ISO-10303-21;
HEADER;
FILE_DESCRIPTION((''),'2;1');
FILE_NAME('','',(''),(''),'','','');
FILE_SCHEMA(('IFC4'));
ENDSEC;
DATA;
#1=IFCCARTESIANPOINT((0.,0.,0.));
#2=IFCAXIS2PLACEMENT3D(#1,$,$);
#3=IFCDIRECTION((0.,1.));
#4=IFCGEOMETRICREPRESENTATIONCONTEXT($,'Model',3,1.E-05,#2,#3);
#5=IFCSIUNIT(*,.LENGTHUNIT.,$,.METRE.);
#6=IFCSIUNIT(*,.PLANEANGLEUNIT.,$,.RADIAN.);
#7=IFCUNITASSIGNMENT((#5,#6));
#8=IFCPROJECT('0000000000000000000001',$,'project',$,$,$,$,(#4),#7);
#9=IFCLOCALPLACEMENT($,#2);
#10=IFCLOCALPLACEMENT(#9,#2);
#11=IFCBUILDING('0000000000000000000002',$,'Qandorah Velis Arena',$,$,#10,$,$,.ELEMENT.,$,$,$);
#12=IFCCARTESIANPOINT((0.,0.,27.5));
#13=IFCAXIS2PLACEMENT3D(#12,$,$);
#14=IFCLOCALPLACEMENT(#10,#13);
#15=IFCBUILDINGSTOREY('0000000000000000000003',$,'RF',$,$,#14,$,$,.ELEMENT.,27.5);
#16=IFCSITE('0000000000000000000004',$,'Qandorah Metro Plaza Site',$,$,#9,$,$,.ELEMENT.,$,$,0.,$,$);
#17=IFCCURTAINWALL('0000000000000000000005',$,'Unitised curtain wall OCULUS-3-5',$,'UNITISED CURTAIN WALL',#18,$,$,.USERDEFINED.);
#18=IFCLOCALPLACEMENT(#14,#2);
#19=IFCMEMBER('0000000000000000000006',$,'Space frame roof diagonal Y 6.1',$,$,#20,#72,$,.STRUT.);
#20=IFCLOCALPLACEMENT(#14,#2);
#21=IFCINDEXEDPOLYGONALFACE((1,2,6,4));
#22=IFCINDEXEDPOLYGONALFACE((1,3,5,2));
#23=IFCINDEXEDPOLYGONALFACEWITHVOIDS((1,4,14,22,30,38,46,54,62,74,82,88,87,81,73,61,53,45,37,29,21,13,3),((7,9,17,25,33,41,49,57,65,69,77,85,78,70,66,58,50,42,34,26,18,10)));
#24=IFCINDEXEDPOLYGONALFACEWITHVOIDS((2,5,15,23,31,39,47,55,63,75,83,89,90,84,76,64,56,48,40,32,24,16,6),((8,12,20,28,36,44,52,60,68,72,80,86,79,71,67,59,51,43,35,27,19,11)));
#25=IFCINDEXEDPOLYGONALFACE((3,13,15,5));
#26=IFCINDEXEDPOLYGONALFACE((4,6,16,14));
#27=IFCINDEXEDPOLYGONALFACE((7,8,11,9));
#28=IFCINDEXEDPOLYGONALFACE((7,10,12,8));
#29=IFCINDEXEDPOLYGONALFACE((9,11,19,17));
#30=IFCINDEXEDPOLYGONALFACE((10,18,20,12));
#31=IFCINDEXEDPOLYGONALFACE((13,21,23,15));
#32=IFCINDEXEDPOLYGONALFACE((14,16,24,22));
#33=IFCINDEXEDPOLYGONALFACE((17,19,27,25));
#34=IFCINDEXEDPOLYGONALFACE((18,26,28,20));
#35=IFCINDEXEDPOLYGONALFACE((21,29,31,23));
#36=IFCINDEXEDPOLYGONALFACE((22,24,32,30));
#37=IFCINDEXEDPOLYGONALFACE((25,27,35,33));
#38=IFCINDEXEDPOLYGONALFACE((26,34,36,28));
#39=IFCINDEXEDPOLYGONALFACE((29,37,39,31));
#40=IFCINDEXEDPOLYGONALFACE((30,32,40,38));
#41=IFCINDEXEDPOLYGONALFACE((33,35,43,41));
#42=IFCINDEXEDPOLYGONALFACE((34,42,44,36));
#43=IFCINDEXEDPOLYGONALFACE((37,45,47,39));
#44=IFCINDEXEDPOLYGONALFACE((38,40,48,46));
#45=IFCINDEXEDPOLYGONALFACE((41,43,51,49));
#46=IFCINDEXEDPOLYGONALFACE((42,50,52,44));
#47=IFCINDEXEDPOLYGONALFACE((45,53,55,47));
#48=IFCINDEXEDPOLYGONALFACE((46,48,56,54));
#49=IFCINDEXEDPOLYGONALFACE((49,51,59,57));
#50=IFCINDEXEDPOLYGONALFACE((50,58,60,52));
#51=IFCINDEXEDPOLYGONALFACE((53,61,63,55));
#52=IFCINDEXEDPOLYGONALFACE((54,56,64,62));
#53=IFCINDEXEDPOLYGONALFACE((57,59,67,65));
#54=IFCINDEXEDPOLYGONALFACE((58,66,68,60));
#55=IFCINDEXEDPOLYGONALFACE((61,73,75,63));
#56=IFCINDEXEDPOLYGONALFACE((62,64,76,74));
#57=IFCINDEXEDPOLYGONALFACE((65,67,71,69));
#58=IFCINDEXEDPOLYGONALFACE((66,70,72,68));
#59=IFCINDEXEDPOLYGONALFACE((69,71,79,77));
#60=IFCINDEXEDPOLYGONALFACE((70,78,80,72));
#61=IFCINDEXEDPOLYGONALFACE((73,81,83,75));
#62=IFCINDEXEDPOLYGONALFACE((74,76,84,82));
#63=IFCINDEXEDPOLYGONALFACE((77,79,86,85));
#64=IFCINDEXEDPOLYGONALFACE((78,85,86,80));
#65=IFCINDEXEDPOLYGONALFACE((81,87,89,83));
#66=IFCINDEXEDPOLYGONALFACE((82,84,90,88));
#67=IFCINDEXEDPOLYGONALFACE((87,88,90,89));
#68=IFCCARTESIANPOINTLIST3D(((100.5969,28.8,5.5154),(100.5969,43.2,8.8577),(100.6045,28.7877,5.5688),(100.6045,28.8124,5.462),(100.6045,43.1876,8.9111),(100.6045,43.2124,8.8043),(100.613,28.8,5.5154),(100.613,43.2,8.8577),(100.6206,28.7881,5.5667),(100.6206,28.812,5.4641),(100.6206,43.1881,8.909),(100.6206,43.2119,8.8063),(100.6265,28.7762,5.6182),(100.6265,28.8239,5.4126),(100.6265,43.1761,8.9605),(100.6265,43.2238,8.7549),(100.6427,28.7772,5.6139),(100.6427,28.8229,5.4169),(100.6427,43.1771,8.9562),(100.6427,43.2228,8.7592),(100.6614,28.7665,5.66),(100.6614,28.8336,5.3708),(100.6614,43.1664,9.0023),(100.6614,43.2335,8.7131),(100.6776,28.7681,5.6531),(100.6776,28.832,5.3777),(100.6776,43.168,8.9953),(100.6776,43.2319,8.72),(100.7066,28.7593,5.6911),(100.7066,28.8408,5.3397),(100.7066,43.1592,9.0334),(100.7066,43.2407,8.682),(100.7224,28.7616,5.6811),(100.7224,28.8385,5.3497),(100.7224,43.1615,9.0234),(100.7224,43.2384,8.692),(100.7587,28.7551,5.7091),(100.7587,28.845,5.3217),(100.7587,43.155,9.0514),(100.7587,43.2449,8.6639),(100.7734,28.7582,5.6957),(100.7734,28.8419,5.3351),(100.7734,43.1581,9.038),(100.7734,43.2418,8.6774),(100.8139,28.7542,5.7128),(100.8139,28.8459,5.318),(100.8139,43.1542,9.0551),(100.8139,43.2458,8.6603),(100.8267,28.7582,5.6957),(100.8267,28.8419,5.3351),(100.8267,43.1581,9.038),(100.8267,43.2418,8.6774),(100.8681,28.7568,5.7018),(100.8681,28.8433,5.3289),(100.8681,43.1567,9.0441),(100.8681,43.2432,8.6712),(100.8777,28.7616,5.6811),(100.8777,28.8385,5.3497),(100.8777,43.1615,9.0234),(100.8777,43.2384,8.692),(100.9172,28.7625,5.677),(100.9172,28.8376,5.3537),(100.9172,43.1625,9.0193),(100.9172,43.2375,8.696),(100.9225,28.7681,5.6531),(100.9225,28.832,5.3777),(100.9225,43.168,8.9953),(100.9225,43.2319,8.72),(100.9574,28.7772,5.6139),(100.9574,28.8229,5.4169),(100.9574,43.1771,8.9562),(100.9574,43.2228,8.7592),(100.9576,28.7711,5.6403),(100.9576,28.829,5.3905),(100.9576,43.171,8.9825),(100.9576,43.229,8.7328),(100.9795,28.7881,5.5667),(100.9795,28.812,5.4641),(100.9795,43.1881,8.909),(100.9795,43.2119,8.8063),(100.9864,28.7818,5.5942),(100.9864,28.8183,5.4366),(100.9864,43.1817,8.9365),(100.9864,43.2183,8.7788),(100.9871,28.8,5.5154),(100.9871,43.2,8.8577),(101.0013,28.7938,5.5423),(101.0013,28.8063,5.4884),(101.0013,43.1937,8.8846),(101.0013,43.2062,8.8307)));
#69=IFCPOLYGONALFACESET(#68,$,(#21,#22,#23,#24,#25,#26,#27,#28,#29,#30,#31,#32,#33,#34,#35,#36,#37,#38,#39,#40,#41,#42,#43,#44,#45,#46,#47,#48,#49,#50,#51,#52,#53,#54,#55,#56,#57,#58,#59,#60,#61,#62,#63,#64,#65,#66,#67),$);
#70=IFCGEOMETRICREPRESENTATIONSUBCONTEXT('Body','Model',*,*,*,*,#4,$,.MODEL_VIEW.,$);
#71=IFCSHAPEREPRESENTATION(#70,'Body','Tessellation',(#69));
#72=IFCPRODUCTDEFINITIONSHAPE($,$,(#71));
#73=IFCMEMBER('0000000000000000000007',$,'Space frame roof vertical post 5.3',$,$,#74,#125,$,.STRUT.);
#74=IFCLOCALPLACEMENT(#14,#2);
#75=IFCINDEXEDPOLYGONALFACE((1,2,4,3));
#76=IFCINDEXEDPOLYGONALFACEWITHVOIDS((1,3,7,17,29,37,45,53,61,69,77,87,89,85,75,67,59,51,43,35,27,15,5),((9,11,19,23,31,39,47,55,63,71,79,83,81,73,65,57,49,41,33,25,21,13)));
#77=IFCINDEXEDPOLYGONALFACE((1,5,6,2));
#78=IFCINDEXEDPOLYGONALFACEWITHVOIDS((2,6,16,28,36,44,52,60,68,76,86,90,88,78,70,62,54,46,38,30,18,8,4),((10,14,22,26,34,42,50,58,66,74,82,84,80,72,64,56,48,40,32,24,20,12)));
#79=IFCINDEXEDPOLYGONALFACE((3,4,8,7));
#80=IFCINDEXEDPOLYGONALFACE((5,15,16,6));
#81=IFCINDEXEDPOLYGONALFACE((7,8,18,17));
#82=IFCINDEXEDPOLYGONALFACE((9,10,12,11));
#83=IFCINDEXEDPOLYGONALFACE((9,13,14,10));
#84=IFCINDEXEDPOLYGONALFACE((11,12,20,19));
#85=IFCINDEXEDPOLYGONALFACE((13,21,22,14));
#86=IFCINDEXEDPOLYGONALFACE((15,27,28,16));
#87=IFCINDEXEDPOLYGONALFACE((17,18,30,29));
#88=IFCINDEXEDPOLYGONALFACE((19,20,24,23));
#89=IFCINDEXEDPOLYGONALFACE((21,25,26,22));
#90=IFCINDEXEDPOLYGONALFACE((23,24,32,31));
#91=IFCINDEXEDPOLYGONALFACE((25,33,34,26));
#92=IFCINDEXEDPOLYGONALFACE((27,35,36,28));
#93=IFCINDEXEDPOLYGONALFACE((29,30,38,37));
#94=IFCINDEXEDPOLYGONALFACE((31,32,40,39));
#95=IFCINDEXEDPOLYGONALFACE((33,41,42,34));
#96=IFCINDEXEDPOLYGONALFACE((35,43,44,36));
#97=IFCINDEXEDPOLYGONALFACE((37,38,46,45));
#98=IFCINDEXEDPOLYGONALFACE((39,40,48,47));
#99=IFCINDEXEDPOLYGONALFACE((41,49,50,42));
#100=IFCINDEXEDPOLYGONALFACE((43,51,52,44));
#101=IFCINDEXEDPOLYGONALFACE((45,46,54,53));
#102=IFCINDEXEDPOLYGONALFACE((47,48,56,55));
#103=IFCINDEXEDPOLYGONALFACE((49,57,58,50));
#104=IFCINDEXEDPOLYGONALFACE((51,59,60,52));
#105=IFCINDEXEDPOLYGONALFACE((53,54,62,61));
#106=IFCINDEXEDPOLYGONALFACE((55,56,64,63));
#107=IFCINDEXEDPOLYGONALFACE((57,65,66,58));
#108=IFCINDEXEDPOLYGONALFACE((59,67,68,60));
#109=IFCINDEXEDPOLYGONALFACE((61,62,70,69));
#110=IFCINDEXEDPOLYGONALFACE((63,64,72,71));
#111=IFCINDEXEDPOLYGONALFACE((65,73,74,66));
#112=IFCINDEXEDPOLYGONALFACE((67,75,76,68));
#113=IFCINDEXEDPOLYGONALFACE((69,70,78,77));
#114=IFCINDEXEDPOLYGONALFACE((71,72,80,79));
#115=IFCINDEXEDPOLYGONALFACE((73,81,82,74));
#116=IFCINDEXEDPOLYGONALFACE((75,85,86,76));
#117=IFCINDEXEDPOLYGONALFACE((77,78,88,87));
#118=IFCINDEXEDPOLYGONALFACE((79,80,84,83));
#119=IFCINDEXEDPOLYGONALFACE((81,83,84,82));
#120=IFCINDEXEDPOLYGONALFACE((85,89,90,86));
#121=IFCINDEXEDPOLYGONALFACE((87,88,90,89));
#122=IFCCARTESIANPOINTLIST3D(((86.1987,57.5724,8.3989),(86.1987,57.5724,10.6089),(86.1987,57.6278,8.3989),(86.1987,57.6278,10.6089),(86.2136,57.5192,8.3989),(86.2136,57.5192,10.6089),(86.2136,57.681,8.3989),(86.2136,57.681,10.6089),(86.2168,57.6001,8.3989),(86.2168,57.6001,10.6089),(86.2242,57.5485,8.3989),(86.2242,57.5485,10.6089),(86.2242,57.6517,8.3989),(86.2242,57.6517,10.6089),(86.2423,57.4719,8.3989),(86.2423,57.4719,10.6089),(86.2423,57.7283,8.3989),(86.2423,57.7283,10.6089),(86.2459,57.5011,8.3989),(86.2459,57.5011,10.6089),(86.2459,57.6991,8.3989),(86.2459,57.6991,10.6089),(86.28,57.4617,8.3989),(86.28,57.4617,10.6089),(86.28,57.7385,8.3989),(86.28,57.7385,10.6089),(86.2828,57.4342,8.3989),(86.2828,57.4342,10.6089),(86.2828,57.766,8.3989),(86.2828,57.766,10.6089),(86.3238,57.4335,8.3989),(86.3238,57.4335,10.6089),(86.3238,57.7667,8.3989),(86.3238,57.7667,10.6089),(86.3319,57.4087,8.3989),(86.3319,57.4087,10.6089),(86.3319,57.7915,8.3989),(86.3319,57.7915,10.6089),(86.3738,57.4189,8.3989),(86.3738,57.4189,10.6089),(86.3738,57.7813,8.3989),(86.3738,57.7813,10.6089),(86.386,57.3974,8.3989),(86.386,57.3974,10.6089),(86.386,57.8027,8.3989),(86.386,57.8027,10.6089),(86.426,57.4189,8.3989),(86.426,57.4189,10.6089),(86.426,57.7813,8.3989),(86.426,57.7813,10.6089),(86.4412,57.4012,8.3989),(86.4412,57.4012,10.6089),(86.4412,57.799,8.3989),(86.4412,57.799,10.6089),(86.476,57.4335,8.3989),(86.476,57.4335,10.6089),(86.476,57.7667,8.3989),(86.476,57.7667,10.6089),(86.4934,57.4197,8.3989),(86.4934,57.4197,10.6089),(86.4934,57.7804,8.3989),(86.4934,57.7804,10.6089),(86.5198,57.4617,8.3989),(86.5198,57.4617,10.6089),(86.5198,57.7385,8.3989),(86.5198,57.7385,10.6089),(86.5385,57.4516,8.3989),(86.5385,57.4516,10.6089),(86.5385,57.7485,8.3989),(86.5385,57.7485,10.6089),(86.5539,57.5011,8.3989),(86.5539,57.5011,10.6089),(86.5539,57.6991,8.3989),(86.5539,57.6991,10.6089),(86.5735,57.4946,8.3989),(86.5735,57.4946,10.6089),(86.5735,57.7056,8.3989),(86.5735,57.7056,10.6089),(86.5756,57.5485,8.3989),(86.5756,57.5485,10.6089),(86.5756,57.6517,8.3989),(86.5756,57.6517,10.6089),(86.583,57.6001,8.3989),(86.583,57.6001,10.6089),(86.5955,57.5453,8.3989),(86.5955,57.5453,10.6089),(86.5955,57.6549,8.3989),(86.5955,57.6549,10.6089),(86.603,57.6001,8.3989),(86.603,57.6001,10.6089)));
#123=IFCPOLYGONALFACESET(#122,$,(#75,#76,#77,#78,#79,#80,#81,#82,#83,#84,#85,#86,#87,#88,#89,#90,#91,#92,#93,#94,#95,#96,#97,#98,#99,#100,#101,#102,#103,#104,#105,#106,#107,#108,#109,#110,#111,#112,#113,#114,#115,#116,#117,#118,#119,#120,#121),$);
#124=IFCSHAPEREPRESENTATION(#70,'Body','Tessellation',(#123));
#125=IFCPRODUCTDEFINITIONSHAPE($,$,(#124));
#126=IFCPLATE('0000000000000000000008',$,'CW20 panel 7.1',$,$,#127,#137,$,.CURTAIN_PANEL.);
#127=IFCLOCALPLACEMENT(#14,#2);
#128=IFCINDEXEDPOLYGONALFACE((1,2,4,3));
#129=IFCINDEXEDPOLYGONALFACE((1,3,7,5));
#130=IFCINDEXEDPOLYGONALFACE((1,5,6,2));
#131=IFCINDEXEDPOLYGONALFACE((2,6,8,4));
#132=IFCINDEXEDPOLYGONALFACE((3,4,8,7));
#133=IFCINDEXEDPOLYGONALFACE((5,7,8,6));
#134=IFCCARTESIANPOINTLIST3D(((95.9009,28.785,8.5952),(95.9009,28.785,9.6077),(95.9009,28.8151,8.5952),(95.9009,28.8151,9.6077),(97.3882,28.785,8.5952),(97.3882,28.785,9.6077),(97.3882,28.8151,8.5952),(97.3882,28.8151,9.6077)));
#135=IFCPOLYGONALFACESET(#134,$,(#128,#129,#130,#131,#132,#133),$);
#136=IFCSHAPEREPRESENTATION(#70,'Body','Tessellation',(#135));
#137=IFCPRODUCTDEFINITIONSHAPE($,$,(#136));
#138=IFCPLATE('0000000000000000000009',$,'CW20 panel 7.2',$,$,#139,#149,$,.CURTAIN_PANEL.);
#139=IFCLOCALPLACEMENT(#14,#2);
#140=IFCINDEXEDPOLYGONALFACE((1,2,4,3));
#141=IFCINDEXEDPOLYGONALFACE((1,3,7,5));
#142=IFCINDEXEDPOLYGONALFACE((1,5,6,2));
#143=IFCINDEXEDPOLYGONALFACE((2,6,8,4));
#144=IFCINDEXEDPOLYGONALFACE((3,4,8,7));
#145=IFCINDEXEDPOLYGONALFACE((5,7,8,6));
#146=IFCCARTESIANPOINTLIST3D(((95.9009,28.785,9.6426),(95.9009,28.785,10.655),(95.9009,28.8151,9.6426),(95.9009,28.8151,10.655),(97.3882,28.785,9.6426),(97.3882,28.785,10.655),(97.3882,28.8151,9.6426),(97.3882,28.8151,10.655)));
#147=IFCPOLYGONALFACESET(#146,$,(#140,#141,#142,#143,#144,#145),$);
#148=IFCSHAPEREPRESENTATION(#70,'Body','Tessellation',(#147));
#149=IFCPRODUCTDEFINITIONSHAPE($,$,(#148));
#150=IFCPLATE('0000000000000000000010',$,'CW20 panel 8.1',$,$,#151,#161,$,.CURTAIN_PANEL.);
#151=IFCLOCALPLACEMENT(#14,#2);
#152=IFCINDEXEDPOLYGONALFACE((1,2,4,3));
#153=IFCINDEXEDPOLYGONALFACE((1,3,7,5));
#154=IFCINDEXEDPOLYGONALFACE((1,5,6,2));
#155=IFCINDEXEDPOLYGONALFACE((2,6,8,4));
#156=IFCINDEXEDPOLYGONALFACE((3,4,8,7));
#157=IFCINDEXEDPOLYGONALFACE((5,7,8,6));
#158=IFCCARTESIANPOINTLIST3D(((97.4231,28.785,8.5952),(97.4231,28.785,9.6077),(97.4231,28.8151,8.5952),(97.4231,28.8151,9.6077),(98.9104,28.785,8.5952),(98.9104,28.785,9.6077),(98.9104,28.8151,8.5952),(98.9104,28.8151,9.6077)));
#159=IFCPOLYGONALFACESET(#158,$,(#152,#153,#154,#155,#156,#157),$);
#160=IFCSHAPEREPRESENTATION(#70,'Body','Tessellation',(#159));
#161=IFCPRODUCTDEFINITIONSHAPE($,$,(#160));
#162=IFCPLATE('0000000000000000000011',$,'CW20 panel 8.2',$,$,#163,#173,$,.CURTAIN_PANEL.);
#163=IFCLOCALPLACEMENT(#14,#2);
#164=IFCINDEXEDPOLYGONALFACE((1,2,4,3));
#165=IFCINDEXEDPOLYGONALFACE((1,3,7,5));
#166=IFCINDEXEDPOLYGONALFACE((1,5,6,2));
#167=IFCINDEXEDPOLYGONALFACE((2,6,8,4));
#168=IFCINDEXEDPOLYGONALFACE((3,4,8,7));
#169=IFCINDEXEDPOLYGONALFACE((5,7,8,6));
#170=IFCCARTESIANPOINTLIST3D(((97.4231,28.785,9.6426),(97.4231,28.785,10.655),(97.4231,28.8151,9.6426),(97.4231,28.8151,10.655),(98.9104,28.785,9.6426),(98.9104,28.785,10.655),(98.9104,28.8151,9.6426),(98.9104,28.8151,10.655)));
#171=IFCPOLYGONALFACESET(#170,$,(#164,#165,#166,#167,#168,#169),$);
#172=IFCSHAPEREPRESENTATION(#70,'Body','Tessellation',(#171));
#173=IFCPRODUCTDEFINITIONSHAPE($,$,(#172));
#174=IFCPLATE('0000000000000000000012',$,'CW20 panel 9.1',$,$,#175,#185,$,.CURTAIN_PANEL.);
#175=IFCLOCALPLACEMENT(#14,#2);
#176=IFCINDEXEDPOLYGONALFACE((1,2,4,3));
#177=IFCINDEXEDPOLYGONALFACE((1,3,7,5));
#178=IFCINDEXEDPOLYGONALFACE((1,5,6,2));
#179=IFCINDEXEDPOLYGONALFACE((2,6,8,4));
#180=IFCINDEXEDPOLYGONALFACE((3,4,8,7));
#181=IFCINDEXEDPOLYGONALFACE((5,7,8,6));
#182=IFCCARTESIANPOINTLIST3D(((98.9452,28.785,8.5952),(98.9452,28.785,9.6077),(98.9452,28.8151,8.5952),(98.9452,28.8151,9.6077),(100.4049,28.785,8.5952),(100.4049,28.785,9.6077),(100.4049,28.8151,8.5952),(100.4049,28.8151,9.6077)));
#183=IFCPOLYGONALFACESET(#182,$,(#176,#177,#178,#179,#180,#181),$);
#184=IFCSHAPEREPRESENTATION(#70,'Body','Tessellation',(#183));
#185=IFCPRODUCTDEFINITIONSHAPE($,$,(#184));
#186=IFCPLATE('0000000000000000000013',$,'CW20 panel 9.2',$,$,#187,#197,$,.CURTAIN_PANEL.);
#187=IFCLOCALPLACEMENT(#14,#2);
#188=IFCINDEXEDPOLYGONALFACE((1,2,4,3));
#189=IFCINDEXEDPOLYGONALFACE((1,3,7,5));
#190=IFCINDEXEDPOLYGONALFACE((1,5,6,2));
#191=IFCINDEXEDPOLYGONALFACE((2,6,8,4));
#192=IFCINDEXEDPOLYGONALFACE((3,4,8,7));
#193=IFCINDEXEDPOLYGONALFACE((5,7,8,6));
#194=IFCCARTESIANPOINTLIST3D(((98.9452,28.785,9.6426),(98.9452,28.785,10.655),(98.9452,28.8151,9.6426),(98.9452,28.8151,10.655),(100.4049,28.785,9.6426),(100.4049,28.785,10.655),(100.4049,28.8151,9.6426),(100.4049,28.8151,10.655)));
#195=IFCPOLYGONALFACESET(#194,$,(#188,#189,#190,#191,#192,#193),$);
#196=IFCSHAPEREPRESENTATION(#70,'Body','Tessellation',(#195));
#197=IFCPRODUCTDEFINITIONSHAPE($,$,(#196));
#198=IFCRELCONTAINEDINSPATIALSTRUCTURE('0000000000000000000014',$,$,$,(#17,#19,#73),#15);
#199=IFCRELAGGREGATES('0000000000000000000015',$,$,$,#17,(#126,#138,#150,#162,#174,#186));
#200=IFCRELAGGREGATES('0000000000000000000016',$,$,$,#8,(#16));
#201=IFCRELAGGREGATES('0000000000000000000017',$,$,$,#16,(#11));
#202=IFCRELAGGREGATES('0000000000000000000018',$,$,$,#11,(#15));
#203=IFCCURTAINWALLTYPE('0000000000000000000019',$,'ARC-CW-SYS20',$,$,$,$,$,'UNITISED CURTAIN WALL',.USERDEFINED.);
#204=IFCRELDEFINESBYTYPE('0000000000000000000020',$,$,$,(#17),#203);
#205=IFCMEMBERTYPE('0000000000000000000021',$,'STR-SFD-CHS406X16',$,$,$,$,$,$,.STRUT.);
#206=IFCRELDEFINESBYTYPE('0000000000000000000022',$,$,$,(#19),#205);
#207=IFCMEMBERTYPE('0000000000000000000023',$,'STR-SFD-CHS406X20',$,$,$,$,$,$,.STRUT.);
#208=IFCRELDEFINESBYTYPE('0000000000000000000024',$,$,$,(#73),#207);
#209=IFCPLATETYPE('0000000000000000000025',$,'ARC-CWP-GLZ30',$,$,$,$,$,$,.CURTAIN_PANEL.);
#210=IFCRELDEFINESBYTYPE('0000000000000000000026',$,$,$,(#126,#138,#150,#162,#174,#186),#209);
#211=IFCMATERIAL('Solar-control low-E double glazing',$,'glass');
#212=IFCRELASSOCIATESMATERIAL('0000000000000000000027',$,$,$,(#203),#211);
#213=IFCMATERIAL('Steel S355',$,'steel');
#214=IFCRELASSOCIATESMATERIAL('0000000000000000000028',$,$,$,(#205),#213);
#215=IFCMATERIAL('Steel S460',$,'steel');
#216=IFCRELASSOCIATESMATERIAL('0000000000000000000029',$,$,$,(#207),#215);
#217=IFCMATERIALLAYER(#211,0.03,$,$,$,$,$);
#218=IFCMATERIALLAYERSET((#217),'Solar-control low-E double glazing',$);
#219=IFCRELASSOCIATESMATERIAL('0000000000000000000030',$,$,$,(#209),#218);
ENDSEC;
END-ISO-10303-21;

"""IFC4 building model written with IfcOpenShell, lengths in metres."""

from ifc_helpers import new_model, si_unit, direction, frame, origin, origin_2d, place, context, subcontext, project, spatial, rectangle, hollow_circle, extrude, material, layer, layer_set, material_profile, profile_set, type_object, element, aggregate, save


model = new_model("IFC4")

# Units and contexts
model_context = context("Model", 3, precision=1e-05, world=origin(), true_north=direction((0.0, 1.0)))
body_context = subcontext(model_context, "Body", "Model", "MODEL_VIEW")
ifc_project = project(units=[si_unit("LENGTHUNIT", "METRE"), si_unit("PLANEANGLEUNIT", "RADIAN")], contexts=[model_context])

# Site, building, storey
site_placement = place(None, origin())
site = spatial("IfcSite", under=ifc_project, at=site_placement, Name="Qandorah Metro Plaza Site", CompositionType="ELEMENT", RefElevation=0.0)
building_placement = place(site_placement, origin())
building = spatial("IfcBuilding", under=site, at=building_placement, Name="Qandorah Velis Arena", CompositionType="ELEMENT")
storey_placement = place(building_placement, frame((0.0, 0.0, 27.5)))
storey = spatial("IfcBuildingStorey", under=building, at=storey_placement, Name="RF", CompositionType="ELEMENT", Elevation=27.5)

# Shared definitions
ifc_material_1 = material(Name="Solar-control low-E double glazing", Category="glass")

# Curtain wall
curtain_wall_type_1 = type_object("IfcCurtainWallType", Name="ARC-CW-SYS20", ElementType="UNITISED CURTAIN WALL", PredefinedType="USERDEFINED", material=ifc_material_1)
curtain_wall_1_placement = place(storey_placement, origin())
curtain_wall_1 = element("IfcCurtainWall", 1, at=curtain_wall_1_placement, inside=storey, type_object=curtain_wall_type_1, Name="Unitised curtain wall OCULUS-3-5", ObjectType="UNITISED CURTAIN WALL", PredefinedType="USERDEFINED")

# Shared definitions
ifc_material_2 = material(Name="Steel S355", Category="steel")

# Members
ifc_material_profile_1 = material_profile(ifc_material_2, hollow_circle(Radius=0.2031, WallThickness=0.0161, at=origin_2d()), Name="CHS 406.4x16")
ifc_profile_set_1 = profile_set([ifc_material_profile_1], Name="Steel S355")
member_type_1 = type_object("IfcMemberType", Name="STR-SFD-CHS406X16", PredefinedType="STRUT", material=ifc_profile_set_1)
member_1_placement = place(storey_placement, frame((100.8, 28.8, 5.5154), z_axis=(0.0, 0.974105, 0.226094), x_axis=(-1.0, 0.0, 0.0)))
element("IfcMember", 2, at=member_1_placement, inside=storey, type_object=member_type_1, Name="Space frame roof diagonal Y 6.1", PredefinedType="STRUT", context=body_context, shape_type="SweptSolid", body=[
    extrude(hollow_circle(Radius=0.2031, WallThickness=0.0161, at=origin_2d()), origin(), (0.0, 0.0, 1.0), 14.7827),
])
ifc_material_3 = material(Name="Steel S460", Category="steel")
ifc_material_profile_2 = material_profile(ifc_material_3, hollow_circle(Radius=0.2031, WallThickness=0.02, at=origin_2d()), Name="CHS 406.4x20")
ifc_profile_set_2 = profile_set([ifc_material_profile_2], Name="Steel S460")
member_type_2 = type_object("IfcMemberType", Name="STR-SFD-CHS406X20", PredefinedType="STRUT", material=ifc_profile_set_2)
member_2_placement = place(storey_placement, frame((86.3999, 57.6001, 8.3989), z_axis=(0.0, 0.0, 1.0), x_axis=(1.0, 0.0, 0.0)))
element("IfcMember", 3, at=member_2_placement, inside=storey, type_object=member_type_2, Name="Space frame roof vertical post 5.3", PredefinedType="STRUT", context=body_context, shape_type="SweptSolid", body=[
    extrude(hollow_circle(Radius=0.2031, WallThickness=0.02, at=origin_2d()), origin(), (0.0, 0.0, 1.0), 2.21),
])

# Plates
ifc_layer_1 = layer(ifc_material_1, 0.03)
ifc_layer_set_1 = layer_set([ifc_layer_1], Name="Solar-control low-E double glazing")
plate_type_1 = type_object("IfcPlateType", Name="ARC-CWP-GLZ30", PredefinedType="CURTAIN_PANEL", material=ifc_layer_set_1)
plate_1_placement = place(storey_placement, frame((96.6445, 28.8, 8.5952), z_axis=(0.0, 0.0, 1.0), x_axis=(1.0, 0.0, 0.0)))
plate_1 = element("IfcPlate", 4, at=plate_1_placement, type_object=plate_type_1, Name="CW20 panel 7.1", PredefinedType="CURTAIN_PANEL", context=body_context, shape_type="SweptSolid", body=[
    extrude(rectangle(XDim=1.4873, YDim=0.03, at=origin_2d()), origin(), (0.0, 0.0, 1.0), 1.0125),
])
plate_2_placement = place(storey_placement, frame((96.6445, 28.8, 9.6426), z_axis=(0.0, 0.0, 1.0), x_axis=(1.0, 0.0, 0.0)))
plate_2 = element("IfcPlate", 5, at=plate_2_placement, type_object=plate_type_1, Name="CW20 panel 7.2", PredefinedType="CURTAIN_PANEL", context=body_context, shape_type="SweptSolid", body=[
    extrude(rectangle(XDim=1.4873, YDim=0.03, at=origin_2d()), origin(), (0.0, 0.0, 1.0), 1.0125),
])
plate_3_placement = place(storey_placement, frame((98.1667, 28.8, 8.5952), z_axis=(0.0, 0.0, 1.0), x_axis=(1.0, 0.0, 0.0)))
plate_3 = element("IfcPlate", 6, at=plate_3_placement, type_object=plate_type_1, Name="CW20 panel 8.1", PredefinedType="CURTAIN_PANEL", context=body_context, shape_type="SweptSolid", body=[
    extrude(rectangle(XDim=1.4873, YDim=0.03, at=origin_2d()), origin(), (0.0, 0.0, 1.0), 1.0125),
])
plate_4_placement = place(storey_placement, frame((98.1667, 28.8, 9.6426), z_axis=(0.0, 0.0, 1.0), x_axis=(1.0, 0.0, 0.0)))
plate_4 = element("IfcPlate", 7, at=plate_4_placement, type_object=plate_type_1, Name="CW20 panel 8.2", PredefinedType="CURTAIN_PANEL", context=body_context, shape_type="SweptSolid", body=[
    extrude(rectangle(XDim=1.4873, YDim=0.03, at=origin_2d()), origin(), (0.0, 0.0, 1.0), 1.0125),
])
plate_5_placement = place(storey_placement, frame((99.675, 28.8, 8.5952), z_axis=(0.0, 0.0, 1.0), x_axis=(1.0, 0.0, 0.0)))
plate_5 = element("IfcPlate", 8, at=plate_5_placement, type_object=plate_type_1, Name="CW20 panel 9.1", PredefinedType="CURTAIN_PANEL", context=body_context, shape_type="SweptSolid", body=[
    extrude(rectangle(XDim=1.4597, YDim=0.03, at=origin_2d()), origin(), (0.0, 0.0, 1.0), 1.0125),
])
plate_6_placement = place(storey_placement, frame((99.675, 28.8, 9.6426), z_axis=(0.0, 0.0, 1.0), x_axis=(1.0, 0.0, 0.0)))
plate_6 = element("IfcPlate", 9, at=plate_6_placement, type_object=plate_type_1, Name="CW20 panel 9.2", PredefinedType="CURTAIN_PANEL", context=body_context, shape_type="SweptSolid", body=[
    extrude(rectangle(XDim=1.4597, YDim=0.03, at=origin_2d()), origin(), (0.0, 0.0, 1.0), 1.0125),
])
aggregate(curtain_wall_1, [plate_1, plate_2, plate_3, plate_4, plate_5, plate_6])

save(model, "model.ifc")
